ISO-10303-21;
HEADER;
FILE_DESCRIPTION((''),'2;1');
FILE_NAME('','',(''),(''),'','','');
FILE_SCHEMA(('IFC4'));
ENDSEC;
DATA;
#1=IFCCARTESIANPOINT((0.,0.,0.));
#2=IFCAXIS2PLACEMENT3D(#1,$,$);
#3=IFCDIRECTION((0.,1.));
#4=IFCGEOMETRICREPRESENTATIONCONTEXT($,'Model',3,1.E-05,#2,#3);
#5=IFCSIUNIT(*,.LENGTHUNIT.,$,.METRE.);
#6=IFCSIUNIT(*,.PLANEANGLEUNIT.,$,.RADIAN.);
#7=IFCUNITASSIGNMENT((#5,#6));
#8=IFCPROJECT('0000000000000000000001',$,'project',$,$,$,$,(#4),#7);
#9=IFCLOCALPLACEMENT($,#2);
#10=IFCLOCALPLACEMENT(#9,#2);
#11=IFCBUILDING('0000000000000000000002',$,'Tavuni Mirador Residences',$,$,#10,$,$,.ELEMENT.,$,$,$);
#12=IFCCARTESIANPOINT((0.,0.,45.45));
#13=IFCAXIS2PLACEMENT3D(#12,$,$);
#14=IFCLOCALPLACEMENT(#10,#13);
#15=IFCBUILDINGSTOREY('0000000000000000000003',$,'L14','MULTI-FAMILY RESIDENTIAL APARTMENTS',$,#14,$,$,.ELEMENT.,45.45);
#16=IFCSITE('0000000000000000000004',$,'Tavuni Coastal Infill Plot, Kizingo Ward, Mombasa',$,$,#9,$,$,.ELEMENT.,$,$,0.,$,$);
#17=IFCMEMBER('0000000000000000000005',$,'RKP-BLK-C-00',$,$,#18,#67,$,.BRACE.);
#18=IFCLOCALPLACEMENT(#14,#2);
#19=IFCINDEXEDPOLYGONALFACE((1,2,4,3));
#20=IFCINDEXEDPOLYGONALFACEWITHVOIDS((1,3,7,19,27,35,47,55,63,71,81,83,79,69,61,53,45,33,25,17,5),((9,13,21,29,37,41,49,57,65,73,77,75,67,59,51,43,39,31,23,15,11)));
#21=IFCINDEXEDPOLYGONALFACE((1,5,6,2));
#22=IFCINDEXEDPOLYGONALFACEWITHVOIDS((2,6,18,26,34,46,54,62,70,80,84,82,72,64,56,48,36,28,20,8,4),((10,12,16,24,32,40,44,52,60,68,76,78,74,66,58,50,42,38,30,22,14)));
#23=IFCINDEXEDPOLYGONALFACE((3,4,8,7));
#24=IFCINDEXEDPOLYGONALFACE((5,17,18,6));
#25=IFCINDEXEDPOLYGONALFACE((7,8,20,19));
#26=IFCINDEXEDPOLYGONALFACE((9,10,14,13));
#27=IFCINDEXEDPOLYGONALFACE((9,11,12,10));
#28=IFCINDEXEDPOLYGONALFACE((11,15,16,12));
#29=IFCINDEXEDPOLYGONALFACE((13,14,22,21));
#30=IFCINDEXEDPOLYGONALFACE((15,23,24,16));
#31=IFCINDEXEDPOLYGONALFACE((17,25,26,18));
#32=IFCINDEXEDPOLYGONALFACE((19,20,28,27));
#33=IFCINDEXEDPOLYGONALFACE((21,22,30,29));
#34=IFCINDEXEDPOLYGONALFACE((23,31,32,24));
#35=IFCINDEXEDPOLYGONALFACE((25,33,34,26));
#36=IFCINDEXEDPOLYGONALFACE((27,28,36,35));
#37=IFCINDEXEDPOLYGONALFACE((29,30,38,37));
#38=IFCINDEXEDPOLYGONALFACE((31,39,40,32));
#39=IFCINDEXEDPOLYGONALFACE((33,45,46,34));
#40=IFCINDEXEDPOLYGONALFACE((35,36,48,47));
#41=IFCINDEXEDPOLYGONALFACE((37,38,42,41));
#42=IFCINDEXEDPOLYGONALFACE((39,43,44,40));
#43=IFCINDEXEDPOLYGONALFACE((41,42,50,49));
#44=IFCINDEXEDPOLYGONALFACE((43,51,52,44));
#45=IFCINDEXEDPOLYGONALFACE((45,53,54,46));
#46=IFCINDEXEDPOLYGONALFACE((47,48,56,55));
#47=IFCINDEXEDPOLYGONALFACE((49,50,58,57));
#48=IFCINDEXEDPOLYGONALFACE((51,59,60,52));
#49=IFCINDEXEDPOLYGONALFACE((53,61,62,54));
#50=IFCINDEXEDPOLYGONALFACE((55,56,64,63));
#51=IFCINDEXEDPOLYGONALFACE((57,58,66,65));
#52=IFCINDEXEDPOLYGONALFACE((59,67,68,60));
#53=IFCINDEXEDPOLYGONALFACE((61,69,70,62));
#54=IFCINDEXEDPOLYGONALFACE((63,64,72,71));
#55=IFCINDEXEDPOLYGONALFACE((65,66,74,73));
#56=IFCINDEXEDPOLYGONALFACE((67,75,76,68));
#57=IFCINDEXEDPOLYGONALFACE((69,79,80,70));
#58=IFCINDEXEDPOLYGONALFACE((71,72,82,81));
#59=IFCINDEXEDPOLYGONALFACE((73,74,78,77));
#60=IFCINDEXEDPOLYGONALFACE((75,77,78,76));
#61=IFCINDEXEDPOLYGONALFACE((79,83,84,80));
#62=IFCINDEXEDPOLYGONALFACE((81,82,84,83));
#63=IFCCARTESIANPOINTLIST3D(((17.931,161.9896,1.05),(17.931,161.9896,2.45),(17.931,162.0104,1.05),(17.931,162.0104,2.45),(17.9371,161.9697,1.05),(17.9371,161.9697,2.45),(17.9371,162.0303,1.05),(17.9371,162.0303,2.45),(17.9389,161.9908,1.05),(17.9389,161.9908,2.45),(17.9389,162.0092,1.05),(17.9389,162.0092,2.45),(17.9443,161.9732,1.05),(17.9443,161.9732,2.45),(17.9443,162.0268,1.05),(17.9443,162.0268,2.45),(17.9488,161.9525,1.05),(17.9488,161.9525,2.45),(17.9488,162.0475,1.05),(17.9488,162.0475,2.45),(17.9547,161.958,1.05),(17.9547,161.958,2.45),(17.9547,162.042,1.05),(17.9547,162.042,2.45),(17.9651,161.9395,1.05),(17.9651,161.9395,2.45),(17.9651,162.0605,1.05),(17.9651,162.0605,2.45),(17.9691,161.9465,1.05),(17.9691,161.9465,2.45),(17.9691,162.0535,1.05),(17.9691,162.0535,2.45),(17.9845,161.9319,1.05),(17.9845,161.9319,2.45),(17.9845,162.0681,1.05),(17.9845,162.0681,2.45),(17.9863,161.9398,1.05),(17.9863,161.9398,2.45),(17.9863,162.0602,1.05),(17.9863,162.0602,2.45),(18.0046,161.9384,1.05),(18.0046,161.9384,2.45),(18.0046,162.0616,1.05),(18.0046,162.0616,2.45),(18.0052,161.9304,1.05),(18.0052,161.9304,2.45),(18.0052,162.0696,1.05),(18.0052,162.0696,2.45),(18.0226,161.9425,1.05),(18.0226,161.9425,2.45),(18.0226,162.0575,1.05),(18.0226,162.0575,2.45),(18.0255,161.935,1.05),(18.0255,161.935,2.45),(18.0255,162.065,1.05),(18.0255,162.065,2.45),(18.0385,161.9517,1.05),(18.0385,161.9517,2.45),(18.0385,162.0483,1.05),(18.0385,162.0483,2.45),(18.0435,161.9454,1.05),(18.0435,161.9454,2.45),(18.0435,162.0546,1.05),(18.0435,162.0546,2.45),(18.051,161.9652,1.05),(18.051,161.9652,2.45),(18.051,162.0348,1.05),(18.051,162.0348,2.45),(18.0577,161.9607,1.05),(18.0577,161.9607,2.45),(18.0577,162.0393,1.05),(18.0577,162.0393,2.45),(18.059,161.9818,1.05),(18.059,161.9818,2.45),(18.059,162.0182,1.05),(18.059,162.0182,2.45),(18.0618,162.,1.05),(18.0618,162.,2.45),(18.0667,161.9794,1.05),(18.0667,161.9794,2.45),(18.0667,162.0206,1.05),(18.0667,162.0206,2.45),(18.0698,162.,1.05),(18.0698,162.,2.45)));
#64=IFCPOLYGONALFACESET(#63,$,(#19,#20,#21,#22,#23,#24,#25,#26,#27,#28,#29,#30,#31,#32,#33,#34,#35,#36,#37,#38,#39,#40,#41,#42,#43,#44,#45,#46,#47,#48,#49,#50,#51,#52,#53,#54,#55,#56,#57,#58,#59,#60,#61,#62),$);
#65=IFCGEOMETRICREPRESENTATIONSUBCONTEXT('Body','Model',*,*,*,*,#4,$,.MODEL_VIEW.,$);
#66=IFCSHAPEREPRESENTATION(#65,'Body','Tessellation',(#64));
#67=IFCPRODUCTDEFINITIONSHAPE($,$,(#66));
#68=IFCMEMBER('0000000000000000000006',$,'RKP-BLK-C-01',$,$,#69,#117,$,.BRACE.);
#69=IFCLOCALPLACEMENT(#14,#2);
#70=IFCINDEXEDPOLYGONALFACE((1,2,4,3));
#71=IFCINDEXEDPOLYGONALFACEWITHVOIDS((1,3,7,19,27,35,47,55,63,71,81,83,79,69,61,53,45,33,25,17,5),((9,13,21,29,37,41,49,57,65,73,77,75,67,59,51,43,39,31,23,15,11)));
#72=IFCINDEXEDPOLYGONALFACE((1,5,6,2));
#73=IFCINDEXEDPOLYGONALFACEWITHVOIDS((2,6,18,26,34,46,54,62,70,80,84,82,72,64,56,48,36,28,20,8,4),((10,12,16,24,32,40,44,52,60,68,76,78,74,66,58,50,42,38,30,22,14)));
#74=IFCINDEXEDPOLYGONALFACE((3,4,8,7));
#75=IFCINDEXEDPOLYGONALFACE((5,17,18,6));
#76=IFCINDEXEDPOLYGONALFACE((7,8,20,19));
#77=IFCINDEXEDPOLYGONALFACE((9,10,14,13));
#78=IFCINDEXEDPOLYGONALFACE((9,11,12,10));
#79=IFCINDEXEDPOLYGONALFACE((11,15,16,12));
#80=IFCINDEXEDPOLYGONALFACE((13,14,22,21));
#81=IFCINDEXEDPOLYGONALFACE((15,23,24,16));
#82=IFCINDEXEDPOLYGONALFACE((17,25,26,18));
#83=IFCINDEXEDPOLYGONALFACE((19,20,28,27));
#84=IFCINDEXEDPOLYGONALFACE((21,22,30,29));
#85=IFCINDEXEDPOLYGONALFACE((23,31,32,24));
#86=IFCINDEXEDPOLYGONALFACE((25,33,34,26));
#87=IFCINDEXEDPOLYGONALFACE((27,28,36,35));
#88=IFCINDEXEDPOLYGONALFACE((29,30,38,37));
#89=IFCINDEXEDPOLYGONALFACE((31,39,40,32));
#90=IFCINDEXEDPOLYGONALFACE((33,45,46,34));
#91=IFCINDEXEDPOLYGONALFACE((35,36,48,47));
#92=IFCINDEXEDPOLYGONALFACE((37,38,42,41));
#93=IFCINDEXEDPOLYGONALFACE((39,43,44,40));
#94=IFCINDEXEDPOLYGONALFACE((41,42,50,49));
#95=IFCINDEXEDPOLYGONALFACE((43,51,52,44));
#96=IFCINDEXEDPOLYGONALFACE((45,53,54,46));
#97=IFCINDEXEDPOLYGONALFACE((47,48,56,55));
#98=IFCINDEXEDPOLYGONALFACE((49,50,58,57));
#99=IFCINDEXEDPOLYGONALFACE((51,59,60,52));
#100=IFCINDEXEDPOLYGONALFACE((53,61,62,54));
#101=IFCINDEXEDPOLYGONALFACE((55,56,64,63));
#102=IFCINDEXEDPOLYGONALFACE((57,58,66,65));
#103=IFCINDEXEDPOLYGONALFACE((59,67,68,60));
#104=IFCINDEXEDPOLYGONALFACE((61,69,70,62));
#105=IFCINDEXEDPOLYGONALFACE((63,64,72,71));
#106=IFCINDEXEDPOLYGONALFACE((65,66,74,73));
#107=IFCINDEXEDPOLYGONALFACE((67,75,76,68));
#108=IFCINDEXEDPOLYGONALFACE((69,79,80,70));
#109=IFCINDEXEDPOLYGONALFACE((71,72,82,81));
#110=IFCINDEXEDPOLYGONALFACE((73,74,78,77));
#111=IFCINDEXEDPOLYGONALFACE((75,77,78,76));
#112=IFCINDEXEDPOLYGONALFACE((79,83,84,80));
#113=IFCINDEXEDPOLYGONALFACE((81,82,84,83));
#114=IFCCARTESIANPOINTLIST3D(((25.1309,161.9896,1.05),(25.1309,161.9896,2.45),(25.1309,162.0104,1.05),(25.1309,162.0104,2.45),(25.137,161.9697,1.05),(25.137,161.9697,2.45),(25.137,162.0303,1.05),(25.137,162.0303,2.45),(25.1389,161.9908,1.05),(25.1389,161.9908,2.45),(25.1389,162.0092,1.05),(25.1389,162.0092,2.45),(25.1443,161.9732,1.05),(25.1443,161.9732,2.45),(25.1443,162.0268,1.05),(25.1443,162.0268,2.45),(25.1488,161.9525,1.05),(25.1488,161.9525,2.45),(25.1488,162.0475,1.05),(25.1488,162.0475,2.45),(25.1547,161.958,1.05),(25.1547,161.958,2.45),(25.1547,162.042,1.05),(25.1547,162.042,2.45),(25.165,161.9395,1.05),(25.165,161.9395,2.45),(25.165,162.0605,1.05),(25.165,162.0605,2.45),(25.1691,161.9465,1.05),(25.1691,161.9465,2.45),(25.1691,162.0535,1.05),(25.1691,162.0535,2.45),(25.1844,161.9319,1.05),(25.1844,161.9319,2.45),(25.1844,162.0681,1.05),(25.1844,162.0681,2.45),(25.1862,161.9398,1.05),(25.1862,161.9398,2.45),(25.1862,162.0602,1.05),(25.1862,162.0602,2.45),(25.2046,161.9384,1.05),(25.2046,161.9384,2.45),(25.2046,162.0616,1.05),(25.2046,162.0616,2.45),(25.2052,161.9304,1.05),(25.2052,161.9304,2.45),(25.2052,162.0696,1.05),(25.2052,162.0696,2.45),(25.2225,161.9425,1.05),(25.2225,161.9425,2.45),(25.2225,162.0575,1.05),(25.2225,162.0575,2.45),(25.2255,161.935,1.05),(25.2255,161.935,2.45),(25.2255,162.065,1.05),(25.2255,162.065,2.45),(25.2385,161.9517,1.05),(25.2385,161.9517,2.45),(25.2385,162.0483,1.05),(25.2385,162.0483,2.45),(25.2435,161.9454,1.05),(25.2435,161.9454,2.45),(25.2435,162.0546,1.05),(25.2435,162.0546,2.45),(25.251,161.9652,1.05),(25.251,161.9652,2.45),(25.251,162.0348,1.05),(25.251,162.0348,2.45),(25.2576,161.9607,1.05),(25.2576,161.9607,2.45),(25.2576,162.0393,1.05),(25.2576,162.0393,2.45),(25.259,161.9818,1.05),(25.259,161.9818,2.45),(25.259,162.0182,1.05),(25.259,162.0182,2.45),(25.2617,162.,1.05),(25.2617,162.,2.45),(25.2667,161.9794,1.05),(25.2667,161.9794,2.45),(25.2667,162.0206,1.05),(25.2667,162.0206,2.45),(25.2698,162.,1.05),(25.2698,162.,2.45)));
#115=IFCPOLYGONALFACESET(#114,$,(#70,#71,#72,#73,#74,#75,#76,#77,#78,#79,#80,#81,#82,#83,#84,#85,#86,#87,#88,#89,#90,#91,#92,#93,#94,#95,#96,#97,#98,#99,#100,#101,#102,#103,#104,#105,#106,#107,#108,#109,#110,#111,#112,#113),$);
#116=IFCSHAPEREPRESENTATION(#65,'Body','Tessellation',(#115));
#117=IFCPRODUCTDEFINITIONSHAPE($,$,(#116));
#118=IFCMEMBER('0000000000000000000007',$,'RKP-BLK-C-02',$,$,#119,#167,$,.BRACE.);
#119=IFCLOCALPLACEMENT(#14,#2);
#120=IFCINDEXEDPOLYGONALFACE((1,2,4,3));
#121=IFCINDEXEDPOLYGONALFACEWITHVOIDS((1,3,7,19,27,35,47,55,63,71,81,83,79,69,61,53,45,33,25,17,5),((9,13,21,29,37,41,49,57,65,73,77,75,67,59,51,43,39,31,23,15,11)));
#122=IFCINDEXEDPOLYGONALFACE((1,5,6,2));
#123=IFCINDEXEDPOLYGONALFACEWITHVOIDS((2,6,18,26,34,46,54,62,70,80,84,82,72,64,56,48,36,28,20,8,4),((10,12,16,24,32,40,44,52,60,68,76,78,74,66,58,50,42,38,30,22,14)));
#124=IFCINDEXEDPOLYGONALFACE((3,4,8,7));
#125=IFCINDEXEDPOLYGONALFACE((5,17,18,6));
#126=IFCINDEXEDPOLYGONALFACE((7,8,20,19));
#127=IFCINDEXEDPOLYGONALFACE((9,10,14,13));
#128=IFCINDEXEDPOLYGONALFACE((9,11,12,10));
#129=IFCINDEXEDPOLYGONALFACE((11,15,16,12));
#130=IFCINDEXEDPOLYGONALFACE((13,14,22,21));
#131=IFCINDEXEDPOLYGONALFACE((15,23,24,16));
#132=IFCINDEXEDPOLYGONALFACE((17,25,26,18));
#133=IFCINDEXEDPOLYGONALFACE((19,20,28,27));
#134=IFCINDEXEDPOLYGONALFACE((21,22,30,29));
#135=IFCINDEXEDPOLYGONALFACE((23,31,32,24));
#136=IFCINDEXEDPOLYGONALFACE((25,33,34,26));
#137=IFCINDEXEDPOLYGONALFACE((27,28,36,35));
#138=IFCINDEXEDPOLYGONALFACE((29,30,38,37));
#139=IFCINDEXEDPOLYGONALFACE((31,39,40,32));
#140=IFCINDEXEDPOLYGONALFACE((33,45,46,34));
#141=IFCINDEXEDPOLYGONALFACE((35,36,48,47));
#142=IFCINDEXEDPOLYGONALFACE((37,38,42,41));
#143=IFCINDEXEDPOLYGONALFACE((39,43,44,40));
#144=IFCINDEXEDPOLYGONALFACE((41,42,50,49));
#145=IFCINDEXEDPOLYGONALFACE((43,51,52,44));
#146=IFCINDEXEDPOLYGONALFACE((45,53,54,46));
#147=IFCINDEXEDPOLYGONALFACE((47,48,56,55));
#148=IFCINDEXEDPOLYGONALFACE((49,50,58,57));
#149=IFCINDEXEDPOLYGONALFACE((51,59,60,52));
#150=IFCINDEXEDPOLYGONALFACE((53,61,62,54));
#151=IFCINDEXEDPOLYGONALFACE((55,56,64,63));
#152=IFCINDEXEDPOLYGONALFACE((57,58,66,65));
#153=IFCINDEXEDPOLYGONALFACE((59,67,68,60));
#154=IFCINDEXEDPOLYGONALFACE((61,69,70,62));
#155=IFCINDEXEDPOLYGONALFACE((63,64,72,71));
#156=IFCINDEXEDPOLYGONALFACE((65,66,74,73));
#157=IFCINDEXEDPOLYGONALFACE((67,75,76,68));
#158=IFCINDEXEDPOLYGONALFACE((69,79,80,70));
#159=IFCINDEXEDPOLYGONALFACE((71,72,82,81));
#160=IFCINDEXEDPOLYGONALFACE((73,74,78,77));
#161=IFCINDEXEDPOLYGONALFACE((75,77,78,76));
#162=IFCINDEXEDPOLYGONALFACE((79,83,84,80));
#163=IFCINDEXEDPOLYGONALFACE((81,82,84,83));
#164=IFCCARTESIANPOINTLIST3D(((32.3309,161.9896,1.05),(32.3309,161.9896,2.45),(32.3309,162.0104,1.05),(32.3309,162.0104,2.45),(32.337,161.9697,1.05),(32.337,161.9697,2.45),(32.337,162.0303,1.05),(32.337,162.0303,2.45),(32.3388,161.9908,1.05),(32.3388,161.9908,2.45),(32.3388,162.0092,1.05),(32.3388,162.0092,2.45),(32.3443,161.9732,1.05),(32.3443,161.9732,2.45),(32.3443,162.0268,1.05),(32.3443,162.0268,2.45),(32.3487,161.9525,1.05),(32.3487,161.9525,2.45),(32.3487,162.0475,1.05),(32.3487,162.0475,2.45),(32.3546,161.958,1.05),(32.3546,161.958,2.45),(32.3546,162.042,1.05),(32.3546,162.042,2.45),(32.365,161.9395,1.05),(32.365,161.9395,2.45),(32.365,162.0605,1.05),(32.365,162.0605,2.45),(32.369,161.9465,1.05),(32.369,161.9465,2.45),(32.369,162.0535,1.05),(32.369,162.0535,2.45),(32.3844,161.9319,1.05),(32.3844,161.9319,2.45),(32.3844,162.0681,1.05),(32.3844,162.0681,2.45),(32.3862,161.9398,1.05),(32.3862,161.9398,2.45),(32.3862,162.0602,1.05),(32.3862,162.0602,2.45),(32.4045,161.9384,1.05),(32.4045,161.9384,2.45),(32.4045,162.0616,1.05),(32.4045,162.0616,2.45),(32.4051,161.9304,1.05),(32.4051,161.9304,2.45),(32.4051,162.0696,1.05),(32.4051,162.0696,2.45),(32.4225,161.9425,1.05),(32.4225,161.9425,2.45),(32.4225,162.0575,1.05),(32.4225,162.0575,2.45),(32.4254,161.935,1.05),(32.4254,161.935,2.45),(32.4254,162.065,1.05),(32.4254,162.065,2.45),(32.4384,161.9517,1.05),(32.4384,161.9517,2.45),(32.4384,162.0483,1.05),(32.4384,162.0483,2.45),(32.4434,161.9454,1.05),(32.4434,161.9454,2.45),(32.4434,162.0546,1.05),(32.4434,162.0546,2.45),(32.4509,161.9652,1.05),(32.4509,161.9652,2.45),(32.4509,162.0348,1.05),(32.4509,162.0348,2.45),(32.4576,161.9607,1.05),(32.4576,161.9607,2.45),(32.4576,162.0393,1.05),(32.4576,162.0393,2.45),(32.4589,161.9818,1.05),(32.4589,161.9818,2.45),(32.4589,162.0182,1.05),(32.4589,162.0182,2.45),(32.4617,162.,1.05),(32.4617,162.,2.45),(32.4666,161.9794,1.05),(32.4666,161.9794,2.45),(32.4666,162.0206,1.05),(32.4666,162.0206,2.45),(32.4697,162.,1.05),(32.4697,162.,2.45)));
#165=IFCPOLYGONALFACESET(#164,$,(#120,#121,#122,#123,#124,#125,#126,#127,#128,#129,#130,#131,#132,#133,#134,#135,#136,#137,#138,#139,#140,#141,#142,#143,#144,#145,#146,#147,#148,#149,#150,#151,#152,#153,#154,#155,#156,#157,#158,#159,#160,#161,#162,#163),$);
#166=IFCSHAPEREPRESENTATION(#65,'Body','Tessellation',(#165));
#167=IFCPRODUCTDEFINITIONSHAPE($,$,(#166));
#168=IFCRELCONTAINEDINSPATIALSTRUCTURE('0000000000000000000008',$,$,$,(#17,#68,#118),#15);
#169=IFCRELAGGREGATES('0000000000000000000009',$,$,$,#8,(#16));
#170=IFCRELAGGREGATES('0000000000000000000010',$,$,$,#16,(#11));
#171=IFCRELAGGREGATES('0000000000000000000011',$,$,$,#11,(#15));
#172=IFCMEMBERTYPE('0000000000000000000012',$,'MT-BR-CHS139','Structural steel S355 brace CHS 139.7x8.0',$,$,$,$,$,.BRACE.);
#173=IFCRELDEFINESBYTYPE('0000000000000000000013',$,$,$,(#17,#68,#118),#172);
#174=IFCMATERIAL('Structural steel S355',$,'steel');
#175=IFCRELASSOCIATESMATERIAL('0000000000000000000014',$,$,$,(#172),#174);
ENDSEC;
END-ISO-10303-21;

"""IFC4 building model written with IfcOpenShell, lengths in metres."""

from ifc_helpers import new_model, si_unit, direction, frame, origin, origin_2d, place, context, subcontext, project, spatial, hollow_circle, extrude, material, material_profile, profile_set, type_object, element, save


model = new_model("IFC4")

# Units and contexts
model_context = context("Model", 3, precision=1e-05, world=origin(), true_north=direction((0.0, 1.0)))
body_context = subcontext(model_context, "Body", "Model", "MODEL_VIEW")
ifc_project = project(units=[si_unit("LENGTHUNIT", "METRE"), si_unit("PLANEANGLEUNIT", "RADIAN")], contexts=[model_context])

# Site, building, storey
site_placement = place(None, origin())
site = spatial("IfcSite", under=ifc_project, at=site_placement, Name="Tavuni Coastal Infill Plot, Kizingo Ward, Mombasa", CompositionType="ELEMENT", RefElevation=0.0)
building_placement = place(site_placement, origin())
building = spatial("IfcBuilding", under=site, at=building_placement, Name="Tavuni Mirador Residences", CompositionType="ELEMENT")
storey_placement = place(building_placement, frame((0.0, 0.0, 45.45)))
storey = spatial("IfcBuildingStorey", under=building, at=storey_placement, Name="L14", Description="MULTI-FAMILY RESIDENTIAL APARTMENTS", CompositionType="ELEMENT", Elevation=45.45)

# Members
ifc_material_1 = material(Name="Structural steel S355", Category="steel")
ifc_material_profile_1 = material_profile(ifc_material_1, hollow_circle(Radius=0.0698, WallThickness=0.0081, at=origin_2d()), Name="CHS 139.7x8.0", Category="steel")
ifc_profile_set_1 = profile_set([ifc_material_profile_1], Name="Structural steel S355")
member_type_1 = type_object("IfcMemberType", Name="MT-BR-CHS139", Description="Structural steel S355 brace CHS 139.7x8.0", PredefinedType="BRACE", material=ifc_profile_set_1)
for number, where, z_axis, x_axis, name in (
    (1, (18.0, 162.0, 1.05), (0.0, 0.0, 1.0), (1.0, 0.0, 0.0), "RKP-BLK-C-00"),
    (2, (25.2, 162.0, 1.05), (0.0, 0.0, 1.0), (1.0, 0.0, 0.0), "RKP-BLK-C-01"),
    (3, (32.3999, 162.0, 1.05), (0.0, 0.0, 1.0), (1.0, 0.0, 0.0), "RKP-BLK-C-02"),
):
    element("IfcMember", number, at=place(storey_placement, frame(where, z_axis=z_axis, x_axis=x_axis)), inside=storey, type_object=member_type_1, Name=name, PredefinedType="BRACE", context=body_context, shape_type="SweptSolid", body=[
        extrude(hollow_circle(Radius=0.0698, WallThickness=0.0081, at=origin_2d()), origin(), (0.0, 0.0, 1.0), 1.3999),
    ])

save(model, "model.ifc")
